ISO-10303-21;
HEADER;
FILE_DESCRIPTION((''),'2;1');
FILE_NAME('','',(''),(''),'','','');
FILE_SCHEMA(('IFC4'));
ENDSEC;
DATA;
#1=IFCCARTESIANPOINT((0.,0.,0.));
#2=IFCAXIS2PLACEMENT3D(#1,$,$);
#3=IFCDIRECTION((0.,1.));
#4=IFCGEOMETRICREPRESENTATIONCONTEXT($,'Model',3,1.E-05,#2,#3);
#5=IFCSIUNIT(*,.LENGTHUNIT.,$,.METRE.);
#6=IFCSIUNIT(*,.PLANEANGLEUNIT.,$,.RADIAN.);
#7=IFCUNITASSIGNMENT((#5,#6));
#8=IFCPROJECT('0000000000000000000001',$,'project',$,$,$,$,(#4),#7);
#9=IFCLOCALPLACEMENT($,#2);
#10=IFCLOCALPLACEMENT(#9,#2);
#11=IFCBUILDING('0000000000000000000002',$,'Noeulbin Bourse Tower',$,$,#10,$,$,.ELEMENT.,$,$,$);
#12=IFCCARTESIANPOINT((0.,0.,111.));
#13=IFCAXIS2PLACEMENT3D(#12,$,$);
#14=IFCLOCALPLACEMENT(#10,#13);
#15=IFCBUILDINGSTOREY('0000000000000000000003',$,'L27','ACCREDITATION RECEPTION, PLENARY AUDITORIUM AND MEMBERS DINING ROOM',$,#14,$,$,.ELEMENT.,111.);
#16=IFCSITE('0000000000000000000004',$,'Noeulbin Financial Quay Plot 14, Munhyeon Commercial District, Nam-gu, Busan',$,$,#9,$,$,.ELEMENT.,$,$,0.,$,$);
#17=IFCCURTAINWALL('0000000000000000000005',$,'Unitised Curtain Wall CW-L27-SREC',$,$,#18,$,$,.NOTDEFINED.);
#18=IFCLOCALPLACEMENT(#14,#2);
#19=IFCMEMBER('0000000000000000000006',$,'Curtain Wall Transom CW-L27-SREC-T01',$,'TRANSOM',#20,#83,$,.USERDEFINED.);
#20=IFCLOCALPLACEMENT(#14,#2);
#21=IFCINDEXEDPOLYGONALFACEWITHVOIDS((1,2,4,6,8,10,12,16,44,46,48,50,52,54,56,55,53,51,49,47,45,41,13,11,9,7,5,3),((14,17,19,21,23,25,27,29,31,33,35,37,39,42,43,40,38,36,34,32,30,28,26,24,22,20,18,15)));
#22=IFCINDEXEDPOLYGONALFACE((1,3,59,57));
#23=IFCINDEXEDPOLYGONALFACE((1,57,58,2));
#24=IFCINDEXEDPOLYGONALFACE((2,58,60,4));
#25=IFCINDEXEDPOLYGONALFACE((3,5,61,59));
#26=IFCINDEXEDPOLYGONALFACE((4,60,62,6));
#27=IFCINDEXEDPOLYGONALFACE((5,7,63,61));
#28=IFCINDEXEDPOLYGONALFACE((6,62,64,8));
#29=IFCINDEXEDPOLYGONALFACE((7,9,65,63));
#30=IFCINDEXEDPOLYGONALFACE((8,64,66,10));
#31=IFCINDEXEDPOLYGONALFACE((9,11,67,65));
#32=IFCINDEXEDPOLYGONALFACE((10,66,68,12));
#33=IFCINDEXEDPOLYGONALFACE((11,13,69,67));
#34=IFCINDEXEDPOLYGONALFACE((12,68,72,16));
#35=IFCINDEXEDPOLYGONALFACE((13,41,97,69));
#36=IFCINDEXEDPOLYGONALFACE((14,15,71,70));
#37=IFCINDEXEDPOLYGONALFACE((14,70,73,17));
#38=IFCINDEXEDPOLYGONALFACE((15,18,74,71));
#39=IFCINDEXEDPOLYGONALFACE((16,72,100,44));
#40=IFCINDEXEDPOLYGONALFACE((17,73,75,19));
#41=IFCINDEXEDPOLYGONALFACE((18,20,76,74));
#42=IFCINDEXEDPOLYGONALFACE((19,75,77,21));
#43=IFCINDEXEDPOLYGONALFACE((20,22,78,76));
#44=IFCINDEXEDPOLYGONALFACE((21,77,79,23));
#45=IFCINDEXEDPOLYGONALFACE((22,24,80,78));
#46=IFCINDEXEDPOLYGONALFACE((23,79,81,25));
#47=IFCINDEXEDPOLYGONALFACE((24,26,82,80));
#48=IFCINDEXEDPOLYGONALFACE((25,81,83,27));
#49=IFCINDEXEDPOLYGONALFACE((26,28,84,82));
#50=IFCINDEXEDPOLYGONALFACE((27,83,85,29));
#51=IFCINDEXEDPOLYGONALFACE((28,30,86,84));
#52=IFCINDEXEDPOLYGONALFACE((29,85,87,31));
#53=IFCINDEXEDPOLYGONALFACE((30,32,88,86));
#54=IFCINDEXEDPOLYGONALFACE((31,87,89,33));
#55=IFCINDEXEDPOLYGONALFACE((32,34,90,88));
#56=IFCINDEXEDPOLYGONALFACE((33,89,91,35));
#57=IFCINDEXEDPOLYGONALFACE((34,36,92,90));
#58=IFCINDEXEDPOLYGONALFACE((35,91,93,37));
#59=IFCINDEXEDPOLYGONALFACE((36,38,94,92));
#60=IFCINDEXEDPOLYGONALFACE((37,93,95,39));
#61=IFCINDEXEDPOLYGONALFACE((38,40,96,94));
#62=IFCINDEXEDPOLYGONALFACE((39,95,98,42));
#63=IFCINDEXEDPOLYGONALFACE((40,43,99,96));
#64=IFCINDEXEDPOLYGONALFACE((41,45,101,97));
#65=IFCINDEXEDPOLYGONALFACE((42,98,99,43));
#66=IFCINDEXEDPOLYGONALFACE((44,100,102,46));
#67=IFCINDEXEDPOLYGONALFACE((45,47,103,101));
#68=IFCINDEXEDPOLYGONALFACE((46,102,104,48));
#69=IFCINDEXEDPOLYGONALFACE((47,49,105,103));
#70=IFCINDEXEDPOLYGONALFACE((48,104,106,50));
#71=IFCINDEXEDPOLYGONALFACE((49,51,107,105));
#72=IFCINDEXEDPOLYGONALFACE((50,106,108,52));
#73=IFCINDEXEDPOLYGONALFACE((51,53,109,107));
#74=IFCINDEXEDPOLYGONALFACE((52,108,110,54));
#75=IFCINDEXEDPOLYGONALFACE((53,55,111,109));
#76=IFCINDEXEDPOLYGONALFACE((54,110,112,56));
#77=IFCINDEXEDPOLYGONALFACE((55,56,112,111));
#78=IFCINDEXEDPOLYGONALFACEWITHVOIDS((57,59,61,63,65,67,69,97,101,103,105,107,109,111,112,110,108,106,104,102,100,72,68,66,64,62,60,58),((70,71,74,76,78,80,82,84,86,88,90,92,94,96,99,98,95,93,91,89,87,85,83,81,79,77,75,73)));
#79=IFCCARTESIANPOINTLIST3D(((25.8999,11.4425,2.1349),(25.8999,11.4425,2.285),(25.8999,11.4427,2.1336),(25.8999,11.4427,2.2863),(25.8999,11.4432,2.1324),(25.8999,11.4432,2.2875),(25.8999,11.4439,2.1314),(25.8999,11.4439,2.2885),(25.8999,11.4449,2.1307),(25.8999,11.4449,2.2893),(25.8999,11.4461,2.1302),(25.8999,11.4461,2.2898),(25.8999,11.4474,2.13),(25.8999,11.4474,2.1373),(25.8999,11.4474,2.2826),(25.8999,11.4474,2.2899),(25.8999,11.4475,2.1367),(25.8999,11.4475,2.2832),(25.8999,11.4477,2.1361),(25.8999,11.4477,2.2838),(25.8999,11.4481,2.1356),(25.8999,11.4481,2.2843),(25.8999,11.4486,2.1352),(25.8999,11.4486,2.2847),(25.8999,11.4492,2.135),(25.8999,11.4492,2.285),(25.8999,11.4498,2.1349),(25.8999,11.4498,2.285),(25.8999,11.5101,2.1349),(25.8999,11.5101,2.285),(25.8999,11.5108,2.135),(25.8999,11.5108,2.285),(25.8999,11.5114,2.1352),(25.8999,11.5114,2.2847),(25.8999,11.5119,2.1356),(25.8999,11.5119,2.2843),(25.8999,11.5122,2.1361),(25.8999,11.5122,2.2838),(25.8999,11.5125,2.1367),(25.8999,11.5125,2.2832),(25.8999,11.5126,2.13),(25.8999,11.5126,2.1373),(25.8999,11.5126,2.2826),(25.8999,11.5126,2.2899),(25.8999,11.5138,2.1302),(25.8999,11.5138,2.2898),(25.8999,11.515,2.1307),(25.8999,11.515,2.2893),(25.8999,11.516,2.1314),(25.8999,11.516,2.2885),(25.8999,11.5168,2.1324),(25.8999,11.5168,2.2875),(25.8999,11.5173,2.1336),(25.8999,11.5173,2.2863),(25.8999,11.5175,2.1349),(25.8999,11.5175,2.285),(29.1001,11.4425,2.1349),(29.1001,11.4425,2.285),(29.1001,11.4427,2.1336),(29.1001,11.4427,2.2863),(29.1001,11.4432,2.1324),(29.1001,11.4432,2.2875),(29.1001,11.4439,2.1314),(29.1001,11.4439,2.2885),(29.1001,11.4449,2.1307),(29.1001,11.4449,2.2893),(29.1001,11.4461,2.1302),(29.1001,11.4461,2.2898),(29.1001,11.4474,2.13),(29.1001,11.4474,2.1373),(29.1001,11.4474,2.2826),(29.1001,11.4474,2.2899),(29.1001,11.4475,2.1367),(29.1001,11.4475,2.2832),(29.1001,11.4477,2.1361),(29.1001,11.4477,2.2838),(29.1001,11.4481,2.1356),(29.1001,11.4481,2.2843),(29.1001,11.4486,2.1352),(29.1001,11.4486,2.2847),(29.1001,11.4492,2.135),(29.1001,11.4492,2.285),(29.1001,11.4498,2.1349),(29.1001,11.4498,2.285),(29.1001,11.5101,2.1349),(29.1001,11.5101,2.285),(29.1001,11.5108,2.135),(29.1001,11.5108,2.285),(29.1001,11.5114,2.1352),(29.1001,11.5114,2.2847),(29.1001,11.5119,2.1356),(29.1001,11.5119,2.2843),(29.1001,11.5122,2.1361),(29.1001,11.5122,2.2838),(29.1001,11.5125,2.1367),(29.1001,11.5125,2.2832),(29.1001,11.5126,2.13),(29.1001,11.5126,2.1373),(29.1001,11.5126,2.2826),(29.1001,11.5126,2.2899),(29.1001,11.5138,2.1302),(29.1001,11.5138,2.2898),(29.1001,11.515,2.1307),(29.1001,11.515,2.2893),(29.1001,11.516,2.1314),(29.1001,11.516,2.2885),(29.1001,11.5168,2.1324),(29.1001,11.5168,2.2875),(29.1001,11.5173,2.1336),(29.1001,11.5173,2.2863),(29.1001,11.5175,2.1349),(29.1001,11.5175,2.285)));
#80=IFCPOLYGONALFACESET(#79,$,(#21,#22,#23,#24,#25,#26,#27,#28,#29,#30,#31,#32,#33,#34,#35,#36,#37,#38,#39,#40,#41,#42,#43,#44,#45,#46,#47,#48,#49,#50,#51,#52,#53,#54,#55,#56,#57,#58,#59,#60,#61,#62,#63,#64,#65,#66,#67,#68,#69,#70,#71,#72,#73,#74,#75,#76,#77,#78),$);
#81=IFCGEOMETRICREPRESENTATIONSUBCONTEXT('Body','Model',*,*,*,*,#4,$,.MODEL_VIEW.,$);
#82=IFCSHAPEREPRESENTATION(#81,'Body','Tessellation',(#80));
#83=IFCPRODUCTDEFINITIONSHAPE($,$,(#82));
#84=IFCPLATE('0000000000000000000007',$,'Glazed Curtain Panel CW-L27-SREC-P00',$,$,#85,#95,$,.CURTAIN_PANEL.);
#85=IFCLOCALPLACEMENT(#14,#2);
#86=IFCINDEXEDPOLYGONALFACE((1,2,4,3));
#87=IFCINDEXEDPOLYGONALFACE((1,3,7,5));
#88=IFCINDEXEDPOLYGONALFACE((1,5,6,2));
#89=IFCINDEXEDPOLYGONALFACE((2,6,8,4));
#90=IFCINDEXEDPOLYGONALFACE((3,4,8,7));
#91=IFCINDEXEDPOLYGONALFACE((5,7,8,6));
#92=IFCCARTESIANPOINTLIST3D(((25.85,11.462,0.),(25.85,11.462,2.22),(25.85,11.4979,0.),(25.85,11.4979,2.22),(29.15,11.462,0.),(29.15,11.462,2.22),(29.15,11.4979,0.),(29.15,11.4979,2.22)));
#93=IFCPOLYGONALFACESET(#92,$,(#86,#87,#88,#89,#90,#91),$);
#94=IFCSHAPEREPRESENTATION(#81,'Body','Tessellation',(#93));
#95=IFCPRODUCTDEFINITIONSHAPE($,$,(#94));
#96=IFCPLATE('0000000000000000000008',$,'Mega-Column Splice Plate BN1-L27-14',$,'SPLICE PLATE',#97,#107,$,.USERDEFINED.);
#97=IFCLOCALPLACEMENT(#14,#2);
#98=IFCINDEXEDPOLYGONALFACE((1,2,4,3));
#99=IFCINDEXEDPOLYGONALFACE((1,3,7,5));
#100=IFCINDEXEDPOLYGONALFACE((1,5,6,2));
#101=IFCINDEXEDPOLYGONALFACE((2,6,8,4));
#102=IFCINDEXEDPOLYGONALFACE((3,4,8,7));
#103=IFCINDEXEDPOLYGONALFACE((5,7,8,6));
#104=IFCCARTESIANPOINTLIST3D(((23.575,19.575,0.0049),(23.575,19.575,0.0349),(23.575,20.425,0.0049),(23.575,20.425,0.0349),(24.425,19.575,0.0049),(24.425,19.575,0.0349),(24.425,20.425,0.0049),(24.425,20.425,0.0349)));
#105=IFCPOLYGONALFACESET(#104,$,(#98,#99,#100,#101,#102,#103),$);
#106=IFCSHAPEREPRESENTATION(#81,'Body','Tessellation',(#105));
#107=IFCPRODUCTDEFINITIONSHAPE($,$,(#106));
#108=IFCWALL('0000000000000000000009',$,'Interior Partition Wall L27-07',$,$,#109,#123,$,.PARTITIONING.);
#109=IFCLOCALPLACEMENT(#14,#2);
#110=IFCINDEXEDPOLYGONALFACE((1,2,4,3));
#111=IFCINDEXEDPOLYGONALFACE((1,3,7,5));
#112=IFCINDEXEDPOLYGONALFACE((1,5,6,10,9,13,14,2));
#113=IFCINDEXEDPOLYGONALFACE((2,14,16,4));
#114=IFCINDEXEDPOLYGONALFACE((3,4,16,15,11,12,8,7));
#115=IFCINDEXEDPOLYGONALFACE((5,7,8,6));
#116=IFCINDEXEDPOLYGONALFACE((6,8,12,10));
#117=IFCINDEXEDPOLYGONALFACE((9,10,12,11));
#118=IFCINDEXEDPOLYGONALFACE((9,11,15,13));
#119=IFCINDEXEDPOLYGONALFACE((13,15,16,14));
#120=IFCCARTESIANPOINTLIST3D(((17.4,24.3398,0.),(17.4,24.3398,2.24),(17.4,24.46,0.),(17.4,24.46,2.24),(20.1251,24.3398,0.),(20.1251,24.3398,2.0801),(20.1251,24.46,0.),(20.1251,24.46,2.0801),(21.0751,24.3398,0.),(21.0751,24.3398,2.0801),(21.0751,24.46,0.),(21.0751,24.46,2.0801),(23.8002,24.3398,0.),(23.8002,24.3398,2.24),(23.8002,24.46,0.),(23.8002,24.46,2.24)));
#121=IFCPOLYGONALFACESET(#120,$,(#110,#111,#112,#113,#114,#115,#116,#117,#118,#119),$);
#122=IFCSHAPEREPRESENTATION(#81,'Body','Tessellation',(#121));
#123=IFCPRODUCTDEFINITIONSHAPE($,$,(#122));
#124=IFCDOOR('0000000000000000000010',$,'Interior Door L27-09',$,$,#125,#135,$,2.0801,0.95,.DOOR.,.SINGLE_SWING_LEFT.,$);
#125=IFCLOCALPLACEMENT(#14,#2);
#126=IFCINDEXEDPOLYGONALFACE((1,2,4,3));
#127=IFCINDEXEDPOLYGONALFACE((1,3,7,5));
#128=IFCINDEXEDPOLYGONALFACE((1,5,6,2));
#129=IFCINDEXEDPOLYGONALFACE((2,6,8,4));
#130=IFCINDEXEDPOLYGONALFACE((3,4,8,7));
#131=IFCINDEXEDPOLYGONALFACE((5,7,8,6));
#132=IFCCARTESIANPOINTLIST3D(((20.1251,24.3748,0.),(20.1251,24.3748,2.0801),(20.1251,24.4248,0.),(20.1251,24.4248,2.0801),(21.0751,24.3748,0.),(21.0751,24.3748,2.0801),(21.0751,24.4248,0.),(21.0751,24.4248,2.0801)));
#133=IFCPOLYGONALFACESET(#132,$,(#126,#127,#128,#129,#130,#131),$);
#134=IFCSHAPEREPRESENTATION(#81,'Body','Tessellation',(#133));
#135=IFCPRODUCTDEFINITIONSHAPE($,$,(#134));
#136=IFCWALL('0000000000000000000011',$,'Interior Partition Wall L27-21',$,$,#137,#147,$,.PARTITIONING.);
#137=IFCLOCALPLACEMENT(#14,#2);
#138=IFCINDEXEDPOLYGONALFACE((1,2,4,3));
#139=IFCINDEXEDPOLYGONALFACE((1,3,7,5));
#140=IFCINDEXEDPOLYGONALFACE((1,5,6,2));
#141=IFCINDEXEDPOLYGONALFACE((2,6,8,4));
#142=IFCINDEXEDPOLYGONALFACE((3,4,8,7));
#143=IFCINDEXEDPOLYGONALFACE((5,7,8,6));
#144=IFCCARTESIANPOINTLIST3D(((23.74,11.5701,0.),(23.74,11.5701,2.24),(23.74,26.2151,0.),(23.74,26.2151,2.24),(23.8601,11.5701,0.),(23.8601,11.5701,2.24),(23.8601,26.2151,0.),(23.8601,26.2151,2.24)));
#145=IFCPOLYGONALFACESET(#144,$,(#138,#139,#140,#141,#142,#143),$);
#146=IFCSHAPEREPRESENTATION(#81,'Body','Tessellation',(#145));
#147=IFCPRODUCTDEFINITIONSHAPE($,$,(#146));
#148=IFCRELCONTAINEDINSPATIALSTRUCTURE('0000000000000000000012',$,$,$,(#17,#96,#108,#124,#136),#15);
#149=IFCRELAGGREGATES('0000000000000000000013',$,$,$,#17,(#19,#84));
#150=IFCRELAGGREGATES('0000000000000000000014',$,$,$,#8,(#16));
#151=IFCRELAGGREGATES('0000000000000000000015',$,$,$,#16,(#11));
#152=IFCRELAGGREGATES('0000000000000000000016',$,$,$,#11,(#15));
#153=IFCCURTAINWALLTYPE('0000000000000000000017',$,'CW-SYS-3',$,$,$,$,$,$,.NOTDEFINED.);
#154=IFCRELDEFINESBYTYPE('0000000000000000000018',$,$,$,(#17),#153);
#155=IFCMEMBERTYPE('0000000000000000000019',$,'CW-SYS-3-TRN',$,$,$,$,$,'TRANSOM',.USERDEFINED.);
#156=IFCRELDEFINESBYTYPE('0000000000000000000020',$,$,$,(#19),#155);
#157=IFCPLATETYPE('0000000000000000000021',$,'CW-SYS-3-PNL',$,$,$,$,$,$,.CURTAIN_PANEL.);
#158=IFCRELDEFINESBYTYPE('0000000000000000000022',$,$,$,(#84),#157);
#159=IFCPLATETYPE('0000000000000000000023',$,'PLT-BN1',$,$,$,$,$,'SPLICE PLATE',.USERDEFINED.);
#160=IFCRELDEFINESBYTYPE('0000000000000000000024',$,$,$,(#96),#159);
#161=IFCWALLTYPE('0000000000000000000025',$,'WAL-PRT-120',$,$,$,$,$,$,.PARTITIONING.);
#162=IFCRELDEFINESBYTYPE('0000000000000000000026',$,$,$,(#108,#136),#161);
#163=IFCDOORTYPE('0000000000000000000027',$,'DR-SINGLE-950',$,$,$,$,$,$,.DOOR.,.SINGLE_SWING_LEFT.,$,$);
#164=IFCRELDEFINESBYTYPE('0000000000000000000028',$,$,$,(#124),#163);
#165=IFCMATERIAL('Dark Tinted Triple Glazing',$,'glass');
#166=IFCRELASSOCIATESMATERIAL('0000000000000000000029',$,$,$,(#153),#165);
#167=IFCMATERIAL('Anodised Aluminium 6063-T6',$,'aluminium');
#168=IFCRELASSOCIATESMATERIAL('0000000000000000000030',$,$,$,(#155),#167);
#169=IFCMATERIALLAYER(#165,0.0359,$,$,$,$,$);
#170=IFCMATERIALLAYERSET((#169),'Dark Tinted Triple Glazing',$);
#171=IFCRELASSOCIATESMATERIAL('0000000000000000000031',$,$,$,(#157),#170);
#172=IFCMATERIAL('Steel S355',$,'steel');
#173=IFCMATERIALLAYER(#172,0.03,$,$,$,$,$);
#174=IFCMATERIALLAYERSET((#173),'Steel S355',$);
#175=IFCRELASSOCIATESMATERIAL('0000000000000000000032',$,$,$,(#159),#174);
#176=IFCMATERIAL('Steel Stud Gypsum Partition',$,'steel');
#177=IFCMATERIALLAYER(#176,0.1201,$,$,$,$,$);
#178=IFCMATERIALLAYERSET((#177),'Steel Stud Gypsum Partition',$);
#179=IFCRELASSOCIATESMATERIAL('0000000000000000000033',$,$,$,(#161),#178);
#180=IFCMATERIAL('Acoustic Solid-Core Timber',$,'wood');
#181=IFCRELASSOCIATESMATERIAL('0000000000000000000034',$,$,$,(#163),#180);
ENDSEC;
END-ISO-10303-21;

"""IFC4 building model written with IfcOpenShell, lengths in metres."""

from ifc_helpers import new_model, si_unit, direction, frame, frame_2d, origin, origin_2d, place, context, subcontext, project, spatial, rectangle, hollow_rectangle, extrude, material, layer, layer_set, material_profile, profile_set, type_object, element, fill, aggregate, save


model = new_model("IFC4")

# Units and contexts
model_context = context("Model", 3, precision=1e-05, world=origin(), true_north=direction((0.0, 1.0)))
body_context = subcontext(model_context, "Body", "Model", "MODEL_VIEW")
ifc_project = project(units=[si_unit("LENGTHUNIT", "METRE"), si_unit("PLANEANGLEUNIT", "RADIAN")], contexts=[model_context])

# Site, building, storey
site_placement = place(None, origin())
site = spatial("IfcSite", under=ifc_project, at=site_placement, Name="Noeulbin Financial Quay Plot 14, Munhyeon Commercial District, Nam-gu, Busan", CompositionType="ELEMENT", RefElevation=0.0)
building_placement = place(site_placement, origin())
building = spatial("IfcBuilding", under=site, at=building_placement, Name="Noeulbin Bourse Tower", CompositionType="ELEMENT")
storey_placement = place(building_placement, frame((0.0, 0.0, 111.0)))
storey = spatial("IfcBuildingStorey", under=building, at=storey_placement, Name="L27", Description="ACCREDITATION RECEPTION, PLENARY AUDITORIUM AND MEMBERS DINING ROOM", CompositionType="ELEMENT", Elevation=111.0)

# Shared definitions
ifc_material_1 = material(Name="Steel S355", Category="steel")

# Curtain wall, member, plate
ifc_material_2 = material(Name="Dark Tinted Triple Glazing", Category="glass")
curtain_wall_type = type_object("IfcCurtainWallType", Name="CW-SYS-3", PredefinedType="NOTDEFINED", material=ifc_material_2)
curtain_wall_placement = place(storey_placement, origin())
curtain_wall = element("IfcCurtainWall", 1, at=curtain_wall_placement, inside=storey, type_object=curtain_wall_type, Name="Unitised Curtain Wall CW-L27-SREC", PredefinedType="NOTDEFINED")
ifc_material_3 = material(Name="Anodised Aluminium 6063-T6", Category="aluminium")
ifc_material_profile_1 = material_profile(ifc_material_3, hollow_rectangle(XDim=0.075, YDim=0.1599, WallThickness=0.0049, InnerFilletRadius=0.0024, OuterFilletRadius=0.0049, at=origin_2d()), Name="ALU-TRAN-75x160x5", Category="LoadBearing")
ifc_profile_set_1 = profile_set([ifc_material_profile_1], Name="Anodised Aluminium 6063-T6")
member_type_1 = type_object("IfcMemberType", Name="CW-SYS-3-TRN", ElementType="TRANSOM", PredefinedType="USERDEFINED", material=ifc_profile_set_1)
member_1_placement = place(storey_placement, frame((25.8999, 11.48, 2.21), z_axis=(1.0, 0.0, 0.0), x_axis=(0.0, 1.0, 0.0)))
member_1 = element("IfcMember", 2, at=member_1_placement, type_object=member_type_1, Name="Curtain Wall Transom CW-L27-SREC-T01", ObjectType="TRANSOM", PredefinedType="USERDEFINED", context=body_context, shape_type="SweptSolid", body=[
    extrude(hollow_rectangle(XDim=0.075, YDim=0.1599, WallThickness=0.0049, InnerFilletRadius=0.0024, OuterFilletRadius=0.0049, at=origin_2d()), origin(), (0.0, 0.0, 1.0), 3.2002),
])
ifc_layer_1 = layer(ifc_material_2, 0.0359)
ifc_layer_set_1 = layer_set([ifc_layer_1], Name="Dark Tinted Triple Glazing")
plate_type_1 = type_object("IfcPlateType", Name="CW-SYS-3-PNL", PredefinedType="CURTAIN_PANEL", material=ifc_layer_set_1)
plate_1_placement = place(storey_placement, frame((27.5, 11.48, 0.0), z_axis=(0.0, 0.0, 1.0), x_axis=(1.0, 0.0, 0.0)))
plate_1 = element("IfcPlate", 3, at=plate_1_placement, type_object=plate_type_1, Name="Glazed Curtain Panel CW-L27-SREC-P00", PredefinedType="CURTAIN_PANEL", context=body_context, shape_type="SweptSolid", body=[
    extrude(rectangle(XDim=3.3, YDim=0.0359, at=origin_2d()), origin(), (0.0, 0.0, 1.0), 2.22),
])
aggregate(curtain_wall, [member_1, plate_1])

# Plate
ifc_layer_2 = layer(ifc_material_1, 0.03)
ifc_layer_set_2 = layer_set([ifc_layer_2], Name="Steel S355")
plate_type_2 = type_object("IfcPlateType", Name="PLT-BN1", ElementType="SPLICE PLATE", PredefinedType="USERDEFINED", material=ifc_layer_set_2)
plate_2_placement = place(storey_placement, frame((24.0, 20.0, 0.0049), z_axis=(0.0, 0.0, 1.0), x_axis=(1.0, 0.0, 0.0)))
element("IfcPlate", 4, at=plate_2_placement, inside=storey, type_object=plate_type_2, Name="Mega-Column Splice Plate BN1-L27-14", ObjectType="SPLICE PLATE", PredefinedType="USERDEFINED", context=body_context, shape_type="SweptSolid", body=[
    extrude(rectangle(XDim=0.8501, YDim=0.8501, at=origin_2d()), origin(), (0.0, 0.0, 1.0), 0.03),
])

# Wall, opening, door
ifc_material_4 = material(Name="Steel Stud Gypsum Partition", Category="steel")
ifc_layer_3 = layer(ifc_material_4, 0.1201)
ifc_layer_set_3 = layer_set([ifc_layer_3], Name="Steel Stud Gypsum Partition")
wall_type = type_object("IfcWallType", Name="WAL-PRT-120", PredefinedType="PARTITIONING", material=ifc_layer_set_3)
wall_1_placement = place(storey_placement, frame((17.3999, 24.3999, 0.0), z_axis=(0.0, 0.0, 1.0), x_axis=(1.0, 0.0, 0.0)))
wall_1 = element("IfcWall", 5, at=wall_1_placement, inside=storey, type_object=wall_type, Name="Interior Partition Wall L27-07", PredefinedType="PARTITIONING", context=body_context, shape_type="SweptSolid", body=[
    extrude(rectangle(XDim=6.4001, YDim=0.1201, at=frame_2d((3.2002, 0.0))), origin(), (0.0, 0.0, 1.0), 2.24),
])
opening_placement = place(wall_1_placement, frame((2.7251, 0.0, 0.0)))
opening = element("IfcOpeningElement", 6, at=opening_placement, cuts=wall_1, PredefinedType="OPENING", context=body_context, shape_type="SweptSolid", body=[
    extrude(rectangle(XDim=0.95, YDim=2.0801, at=frame_2d((0.4751, 1.04))), frame((0.0, 0.0701, 0.0), z_axis=(0.0, -1.0, 0.0), x_axis=(1.0, 0.0, 0.0)), (0.0, 0.0, 1.0), 0.1401),
])
ifc_material_5 = material(Name="Acoustic Solid-Core Timber", Category="wood")
door_type = type_object("IfcDoorType", Name="DR-SINGLE-950", OperationType="SINGLE_SWING_LEFT", PredefinedType="DOOR", material=ifc_material_5)
door_placement = place(opening_placement, origin())
door = element("IfcDoor", 7, at=door_placement, inside=storey, type_object=door_type, Name="Interior Door L27-09", OperationType="SINGLE_SWING_LEFT", OverallHeight=2.0801, OverallWidth=0.95, PredefinedType="DOOR", context=body_context, shape_type="SweptSolid", body=[
    extrude(rectangle(XDim=0.95, YDim=2.0801, at=frame_2d((0.4751, 1.04))), frame((0.0, 0.0249, 0.0), z_axis=(0.0, -1.0, 0.0), x_axis=(1.0, 0.0, 0.0)), (0.0, 0.0, 1.0), 0.05),
])
fill(opening, door)

# Wall
wall_2_placement = place(storey_placement, frame((23.8, 11.5701, 0.0), z_axis=(0.0, 0.0, 1.0), x_axis=(0.0, 1.0, 0.0)))
element("IfcWall", 8, at=wall_2_placement, inside=storey, type_object=wall_type, Name="Interior Partition Wall L27-21", PredefinedType="PARTITIONING", context=body_context, shape_type="SweptSolid", body=[
    extrude(rectangle(XDim=14.645, YDim=0.1201, at=frame_2d((7.3225, 0.0))), origin(), (0.0, 0.0, 1.0), 2.24),
])

save(model, "model.ifc")
